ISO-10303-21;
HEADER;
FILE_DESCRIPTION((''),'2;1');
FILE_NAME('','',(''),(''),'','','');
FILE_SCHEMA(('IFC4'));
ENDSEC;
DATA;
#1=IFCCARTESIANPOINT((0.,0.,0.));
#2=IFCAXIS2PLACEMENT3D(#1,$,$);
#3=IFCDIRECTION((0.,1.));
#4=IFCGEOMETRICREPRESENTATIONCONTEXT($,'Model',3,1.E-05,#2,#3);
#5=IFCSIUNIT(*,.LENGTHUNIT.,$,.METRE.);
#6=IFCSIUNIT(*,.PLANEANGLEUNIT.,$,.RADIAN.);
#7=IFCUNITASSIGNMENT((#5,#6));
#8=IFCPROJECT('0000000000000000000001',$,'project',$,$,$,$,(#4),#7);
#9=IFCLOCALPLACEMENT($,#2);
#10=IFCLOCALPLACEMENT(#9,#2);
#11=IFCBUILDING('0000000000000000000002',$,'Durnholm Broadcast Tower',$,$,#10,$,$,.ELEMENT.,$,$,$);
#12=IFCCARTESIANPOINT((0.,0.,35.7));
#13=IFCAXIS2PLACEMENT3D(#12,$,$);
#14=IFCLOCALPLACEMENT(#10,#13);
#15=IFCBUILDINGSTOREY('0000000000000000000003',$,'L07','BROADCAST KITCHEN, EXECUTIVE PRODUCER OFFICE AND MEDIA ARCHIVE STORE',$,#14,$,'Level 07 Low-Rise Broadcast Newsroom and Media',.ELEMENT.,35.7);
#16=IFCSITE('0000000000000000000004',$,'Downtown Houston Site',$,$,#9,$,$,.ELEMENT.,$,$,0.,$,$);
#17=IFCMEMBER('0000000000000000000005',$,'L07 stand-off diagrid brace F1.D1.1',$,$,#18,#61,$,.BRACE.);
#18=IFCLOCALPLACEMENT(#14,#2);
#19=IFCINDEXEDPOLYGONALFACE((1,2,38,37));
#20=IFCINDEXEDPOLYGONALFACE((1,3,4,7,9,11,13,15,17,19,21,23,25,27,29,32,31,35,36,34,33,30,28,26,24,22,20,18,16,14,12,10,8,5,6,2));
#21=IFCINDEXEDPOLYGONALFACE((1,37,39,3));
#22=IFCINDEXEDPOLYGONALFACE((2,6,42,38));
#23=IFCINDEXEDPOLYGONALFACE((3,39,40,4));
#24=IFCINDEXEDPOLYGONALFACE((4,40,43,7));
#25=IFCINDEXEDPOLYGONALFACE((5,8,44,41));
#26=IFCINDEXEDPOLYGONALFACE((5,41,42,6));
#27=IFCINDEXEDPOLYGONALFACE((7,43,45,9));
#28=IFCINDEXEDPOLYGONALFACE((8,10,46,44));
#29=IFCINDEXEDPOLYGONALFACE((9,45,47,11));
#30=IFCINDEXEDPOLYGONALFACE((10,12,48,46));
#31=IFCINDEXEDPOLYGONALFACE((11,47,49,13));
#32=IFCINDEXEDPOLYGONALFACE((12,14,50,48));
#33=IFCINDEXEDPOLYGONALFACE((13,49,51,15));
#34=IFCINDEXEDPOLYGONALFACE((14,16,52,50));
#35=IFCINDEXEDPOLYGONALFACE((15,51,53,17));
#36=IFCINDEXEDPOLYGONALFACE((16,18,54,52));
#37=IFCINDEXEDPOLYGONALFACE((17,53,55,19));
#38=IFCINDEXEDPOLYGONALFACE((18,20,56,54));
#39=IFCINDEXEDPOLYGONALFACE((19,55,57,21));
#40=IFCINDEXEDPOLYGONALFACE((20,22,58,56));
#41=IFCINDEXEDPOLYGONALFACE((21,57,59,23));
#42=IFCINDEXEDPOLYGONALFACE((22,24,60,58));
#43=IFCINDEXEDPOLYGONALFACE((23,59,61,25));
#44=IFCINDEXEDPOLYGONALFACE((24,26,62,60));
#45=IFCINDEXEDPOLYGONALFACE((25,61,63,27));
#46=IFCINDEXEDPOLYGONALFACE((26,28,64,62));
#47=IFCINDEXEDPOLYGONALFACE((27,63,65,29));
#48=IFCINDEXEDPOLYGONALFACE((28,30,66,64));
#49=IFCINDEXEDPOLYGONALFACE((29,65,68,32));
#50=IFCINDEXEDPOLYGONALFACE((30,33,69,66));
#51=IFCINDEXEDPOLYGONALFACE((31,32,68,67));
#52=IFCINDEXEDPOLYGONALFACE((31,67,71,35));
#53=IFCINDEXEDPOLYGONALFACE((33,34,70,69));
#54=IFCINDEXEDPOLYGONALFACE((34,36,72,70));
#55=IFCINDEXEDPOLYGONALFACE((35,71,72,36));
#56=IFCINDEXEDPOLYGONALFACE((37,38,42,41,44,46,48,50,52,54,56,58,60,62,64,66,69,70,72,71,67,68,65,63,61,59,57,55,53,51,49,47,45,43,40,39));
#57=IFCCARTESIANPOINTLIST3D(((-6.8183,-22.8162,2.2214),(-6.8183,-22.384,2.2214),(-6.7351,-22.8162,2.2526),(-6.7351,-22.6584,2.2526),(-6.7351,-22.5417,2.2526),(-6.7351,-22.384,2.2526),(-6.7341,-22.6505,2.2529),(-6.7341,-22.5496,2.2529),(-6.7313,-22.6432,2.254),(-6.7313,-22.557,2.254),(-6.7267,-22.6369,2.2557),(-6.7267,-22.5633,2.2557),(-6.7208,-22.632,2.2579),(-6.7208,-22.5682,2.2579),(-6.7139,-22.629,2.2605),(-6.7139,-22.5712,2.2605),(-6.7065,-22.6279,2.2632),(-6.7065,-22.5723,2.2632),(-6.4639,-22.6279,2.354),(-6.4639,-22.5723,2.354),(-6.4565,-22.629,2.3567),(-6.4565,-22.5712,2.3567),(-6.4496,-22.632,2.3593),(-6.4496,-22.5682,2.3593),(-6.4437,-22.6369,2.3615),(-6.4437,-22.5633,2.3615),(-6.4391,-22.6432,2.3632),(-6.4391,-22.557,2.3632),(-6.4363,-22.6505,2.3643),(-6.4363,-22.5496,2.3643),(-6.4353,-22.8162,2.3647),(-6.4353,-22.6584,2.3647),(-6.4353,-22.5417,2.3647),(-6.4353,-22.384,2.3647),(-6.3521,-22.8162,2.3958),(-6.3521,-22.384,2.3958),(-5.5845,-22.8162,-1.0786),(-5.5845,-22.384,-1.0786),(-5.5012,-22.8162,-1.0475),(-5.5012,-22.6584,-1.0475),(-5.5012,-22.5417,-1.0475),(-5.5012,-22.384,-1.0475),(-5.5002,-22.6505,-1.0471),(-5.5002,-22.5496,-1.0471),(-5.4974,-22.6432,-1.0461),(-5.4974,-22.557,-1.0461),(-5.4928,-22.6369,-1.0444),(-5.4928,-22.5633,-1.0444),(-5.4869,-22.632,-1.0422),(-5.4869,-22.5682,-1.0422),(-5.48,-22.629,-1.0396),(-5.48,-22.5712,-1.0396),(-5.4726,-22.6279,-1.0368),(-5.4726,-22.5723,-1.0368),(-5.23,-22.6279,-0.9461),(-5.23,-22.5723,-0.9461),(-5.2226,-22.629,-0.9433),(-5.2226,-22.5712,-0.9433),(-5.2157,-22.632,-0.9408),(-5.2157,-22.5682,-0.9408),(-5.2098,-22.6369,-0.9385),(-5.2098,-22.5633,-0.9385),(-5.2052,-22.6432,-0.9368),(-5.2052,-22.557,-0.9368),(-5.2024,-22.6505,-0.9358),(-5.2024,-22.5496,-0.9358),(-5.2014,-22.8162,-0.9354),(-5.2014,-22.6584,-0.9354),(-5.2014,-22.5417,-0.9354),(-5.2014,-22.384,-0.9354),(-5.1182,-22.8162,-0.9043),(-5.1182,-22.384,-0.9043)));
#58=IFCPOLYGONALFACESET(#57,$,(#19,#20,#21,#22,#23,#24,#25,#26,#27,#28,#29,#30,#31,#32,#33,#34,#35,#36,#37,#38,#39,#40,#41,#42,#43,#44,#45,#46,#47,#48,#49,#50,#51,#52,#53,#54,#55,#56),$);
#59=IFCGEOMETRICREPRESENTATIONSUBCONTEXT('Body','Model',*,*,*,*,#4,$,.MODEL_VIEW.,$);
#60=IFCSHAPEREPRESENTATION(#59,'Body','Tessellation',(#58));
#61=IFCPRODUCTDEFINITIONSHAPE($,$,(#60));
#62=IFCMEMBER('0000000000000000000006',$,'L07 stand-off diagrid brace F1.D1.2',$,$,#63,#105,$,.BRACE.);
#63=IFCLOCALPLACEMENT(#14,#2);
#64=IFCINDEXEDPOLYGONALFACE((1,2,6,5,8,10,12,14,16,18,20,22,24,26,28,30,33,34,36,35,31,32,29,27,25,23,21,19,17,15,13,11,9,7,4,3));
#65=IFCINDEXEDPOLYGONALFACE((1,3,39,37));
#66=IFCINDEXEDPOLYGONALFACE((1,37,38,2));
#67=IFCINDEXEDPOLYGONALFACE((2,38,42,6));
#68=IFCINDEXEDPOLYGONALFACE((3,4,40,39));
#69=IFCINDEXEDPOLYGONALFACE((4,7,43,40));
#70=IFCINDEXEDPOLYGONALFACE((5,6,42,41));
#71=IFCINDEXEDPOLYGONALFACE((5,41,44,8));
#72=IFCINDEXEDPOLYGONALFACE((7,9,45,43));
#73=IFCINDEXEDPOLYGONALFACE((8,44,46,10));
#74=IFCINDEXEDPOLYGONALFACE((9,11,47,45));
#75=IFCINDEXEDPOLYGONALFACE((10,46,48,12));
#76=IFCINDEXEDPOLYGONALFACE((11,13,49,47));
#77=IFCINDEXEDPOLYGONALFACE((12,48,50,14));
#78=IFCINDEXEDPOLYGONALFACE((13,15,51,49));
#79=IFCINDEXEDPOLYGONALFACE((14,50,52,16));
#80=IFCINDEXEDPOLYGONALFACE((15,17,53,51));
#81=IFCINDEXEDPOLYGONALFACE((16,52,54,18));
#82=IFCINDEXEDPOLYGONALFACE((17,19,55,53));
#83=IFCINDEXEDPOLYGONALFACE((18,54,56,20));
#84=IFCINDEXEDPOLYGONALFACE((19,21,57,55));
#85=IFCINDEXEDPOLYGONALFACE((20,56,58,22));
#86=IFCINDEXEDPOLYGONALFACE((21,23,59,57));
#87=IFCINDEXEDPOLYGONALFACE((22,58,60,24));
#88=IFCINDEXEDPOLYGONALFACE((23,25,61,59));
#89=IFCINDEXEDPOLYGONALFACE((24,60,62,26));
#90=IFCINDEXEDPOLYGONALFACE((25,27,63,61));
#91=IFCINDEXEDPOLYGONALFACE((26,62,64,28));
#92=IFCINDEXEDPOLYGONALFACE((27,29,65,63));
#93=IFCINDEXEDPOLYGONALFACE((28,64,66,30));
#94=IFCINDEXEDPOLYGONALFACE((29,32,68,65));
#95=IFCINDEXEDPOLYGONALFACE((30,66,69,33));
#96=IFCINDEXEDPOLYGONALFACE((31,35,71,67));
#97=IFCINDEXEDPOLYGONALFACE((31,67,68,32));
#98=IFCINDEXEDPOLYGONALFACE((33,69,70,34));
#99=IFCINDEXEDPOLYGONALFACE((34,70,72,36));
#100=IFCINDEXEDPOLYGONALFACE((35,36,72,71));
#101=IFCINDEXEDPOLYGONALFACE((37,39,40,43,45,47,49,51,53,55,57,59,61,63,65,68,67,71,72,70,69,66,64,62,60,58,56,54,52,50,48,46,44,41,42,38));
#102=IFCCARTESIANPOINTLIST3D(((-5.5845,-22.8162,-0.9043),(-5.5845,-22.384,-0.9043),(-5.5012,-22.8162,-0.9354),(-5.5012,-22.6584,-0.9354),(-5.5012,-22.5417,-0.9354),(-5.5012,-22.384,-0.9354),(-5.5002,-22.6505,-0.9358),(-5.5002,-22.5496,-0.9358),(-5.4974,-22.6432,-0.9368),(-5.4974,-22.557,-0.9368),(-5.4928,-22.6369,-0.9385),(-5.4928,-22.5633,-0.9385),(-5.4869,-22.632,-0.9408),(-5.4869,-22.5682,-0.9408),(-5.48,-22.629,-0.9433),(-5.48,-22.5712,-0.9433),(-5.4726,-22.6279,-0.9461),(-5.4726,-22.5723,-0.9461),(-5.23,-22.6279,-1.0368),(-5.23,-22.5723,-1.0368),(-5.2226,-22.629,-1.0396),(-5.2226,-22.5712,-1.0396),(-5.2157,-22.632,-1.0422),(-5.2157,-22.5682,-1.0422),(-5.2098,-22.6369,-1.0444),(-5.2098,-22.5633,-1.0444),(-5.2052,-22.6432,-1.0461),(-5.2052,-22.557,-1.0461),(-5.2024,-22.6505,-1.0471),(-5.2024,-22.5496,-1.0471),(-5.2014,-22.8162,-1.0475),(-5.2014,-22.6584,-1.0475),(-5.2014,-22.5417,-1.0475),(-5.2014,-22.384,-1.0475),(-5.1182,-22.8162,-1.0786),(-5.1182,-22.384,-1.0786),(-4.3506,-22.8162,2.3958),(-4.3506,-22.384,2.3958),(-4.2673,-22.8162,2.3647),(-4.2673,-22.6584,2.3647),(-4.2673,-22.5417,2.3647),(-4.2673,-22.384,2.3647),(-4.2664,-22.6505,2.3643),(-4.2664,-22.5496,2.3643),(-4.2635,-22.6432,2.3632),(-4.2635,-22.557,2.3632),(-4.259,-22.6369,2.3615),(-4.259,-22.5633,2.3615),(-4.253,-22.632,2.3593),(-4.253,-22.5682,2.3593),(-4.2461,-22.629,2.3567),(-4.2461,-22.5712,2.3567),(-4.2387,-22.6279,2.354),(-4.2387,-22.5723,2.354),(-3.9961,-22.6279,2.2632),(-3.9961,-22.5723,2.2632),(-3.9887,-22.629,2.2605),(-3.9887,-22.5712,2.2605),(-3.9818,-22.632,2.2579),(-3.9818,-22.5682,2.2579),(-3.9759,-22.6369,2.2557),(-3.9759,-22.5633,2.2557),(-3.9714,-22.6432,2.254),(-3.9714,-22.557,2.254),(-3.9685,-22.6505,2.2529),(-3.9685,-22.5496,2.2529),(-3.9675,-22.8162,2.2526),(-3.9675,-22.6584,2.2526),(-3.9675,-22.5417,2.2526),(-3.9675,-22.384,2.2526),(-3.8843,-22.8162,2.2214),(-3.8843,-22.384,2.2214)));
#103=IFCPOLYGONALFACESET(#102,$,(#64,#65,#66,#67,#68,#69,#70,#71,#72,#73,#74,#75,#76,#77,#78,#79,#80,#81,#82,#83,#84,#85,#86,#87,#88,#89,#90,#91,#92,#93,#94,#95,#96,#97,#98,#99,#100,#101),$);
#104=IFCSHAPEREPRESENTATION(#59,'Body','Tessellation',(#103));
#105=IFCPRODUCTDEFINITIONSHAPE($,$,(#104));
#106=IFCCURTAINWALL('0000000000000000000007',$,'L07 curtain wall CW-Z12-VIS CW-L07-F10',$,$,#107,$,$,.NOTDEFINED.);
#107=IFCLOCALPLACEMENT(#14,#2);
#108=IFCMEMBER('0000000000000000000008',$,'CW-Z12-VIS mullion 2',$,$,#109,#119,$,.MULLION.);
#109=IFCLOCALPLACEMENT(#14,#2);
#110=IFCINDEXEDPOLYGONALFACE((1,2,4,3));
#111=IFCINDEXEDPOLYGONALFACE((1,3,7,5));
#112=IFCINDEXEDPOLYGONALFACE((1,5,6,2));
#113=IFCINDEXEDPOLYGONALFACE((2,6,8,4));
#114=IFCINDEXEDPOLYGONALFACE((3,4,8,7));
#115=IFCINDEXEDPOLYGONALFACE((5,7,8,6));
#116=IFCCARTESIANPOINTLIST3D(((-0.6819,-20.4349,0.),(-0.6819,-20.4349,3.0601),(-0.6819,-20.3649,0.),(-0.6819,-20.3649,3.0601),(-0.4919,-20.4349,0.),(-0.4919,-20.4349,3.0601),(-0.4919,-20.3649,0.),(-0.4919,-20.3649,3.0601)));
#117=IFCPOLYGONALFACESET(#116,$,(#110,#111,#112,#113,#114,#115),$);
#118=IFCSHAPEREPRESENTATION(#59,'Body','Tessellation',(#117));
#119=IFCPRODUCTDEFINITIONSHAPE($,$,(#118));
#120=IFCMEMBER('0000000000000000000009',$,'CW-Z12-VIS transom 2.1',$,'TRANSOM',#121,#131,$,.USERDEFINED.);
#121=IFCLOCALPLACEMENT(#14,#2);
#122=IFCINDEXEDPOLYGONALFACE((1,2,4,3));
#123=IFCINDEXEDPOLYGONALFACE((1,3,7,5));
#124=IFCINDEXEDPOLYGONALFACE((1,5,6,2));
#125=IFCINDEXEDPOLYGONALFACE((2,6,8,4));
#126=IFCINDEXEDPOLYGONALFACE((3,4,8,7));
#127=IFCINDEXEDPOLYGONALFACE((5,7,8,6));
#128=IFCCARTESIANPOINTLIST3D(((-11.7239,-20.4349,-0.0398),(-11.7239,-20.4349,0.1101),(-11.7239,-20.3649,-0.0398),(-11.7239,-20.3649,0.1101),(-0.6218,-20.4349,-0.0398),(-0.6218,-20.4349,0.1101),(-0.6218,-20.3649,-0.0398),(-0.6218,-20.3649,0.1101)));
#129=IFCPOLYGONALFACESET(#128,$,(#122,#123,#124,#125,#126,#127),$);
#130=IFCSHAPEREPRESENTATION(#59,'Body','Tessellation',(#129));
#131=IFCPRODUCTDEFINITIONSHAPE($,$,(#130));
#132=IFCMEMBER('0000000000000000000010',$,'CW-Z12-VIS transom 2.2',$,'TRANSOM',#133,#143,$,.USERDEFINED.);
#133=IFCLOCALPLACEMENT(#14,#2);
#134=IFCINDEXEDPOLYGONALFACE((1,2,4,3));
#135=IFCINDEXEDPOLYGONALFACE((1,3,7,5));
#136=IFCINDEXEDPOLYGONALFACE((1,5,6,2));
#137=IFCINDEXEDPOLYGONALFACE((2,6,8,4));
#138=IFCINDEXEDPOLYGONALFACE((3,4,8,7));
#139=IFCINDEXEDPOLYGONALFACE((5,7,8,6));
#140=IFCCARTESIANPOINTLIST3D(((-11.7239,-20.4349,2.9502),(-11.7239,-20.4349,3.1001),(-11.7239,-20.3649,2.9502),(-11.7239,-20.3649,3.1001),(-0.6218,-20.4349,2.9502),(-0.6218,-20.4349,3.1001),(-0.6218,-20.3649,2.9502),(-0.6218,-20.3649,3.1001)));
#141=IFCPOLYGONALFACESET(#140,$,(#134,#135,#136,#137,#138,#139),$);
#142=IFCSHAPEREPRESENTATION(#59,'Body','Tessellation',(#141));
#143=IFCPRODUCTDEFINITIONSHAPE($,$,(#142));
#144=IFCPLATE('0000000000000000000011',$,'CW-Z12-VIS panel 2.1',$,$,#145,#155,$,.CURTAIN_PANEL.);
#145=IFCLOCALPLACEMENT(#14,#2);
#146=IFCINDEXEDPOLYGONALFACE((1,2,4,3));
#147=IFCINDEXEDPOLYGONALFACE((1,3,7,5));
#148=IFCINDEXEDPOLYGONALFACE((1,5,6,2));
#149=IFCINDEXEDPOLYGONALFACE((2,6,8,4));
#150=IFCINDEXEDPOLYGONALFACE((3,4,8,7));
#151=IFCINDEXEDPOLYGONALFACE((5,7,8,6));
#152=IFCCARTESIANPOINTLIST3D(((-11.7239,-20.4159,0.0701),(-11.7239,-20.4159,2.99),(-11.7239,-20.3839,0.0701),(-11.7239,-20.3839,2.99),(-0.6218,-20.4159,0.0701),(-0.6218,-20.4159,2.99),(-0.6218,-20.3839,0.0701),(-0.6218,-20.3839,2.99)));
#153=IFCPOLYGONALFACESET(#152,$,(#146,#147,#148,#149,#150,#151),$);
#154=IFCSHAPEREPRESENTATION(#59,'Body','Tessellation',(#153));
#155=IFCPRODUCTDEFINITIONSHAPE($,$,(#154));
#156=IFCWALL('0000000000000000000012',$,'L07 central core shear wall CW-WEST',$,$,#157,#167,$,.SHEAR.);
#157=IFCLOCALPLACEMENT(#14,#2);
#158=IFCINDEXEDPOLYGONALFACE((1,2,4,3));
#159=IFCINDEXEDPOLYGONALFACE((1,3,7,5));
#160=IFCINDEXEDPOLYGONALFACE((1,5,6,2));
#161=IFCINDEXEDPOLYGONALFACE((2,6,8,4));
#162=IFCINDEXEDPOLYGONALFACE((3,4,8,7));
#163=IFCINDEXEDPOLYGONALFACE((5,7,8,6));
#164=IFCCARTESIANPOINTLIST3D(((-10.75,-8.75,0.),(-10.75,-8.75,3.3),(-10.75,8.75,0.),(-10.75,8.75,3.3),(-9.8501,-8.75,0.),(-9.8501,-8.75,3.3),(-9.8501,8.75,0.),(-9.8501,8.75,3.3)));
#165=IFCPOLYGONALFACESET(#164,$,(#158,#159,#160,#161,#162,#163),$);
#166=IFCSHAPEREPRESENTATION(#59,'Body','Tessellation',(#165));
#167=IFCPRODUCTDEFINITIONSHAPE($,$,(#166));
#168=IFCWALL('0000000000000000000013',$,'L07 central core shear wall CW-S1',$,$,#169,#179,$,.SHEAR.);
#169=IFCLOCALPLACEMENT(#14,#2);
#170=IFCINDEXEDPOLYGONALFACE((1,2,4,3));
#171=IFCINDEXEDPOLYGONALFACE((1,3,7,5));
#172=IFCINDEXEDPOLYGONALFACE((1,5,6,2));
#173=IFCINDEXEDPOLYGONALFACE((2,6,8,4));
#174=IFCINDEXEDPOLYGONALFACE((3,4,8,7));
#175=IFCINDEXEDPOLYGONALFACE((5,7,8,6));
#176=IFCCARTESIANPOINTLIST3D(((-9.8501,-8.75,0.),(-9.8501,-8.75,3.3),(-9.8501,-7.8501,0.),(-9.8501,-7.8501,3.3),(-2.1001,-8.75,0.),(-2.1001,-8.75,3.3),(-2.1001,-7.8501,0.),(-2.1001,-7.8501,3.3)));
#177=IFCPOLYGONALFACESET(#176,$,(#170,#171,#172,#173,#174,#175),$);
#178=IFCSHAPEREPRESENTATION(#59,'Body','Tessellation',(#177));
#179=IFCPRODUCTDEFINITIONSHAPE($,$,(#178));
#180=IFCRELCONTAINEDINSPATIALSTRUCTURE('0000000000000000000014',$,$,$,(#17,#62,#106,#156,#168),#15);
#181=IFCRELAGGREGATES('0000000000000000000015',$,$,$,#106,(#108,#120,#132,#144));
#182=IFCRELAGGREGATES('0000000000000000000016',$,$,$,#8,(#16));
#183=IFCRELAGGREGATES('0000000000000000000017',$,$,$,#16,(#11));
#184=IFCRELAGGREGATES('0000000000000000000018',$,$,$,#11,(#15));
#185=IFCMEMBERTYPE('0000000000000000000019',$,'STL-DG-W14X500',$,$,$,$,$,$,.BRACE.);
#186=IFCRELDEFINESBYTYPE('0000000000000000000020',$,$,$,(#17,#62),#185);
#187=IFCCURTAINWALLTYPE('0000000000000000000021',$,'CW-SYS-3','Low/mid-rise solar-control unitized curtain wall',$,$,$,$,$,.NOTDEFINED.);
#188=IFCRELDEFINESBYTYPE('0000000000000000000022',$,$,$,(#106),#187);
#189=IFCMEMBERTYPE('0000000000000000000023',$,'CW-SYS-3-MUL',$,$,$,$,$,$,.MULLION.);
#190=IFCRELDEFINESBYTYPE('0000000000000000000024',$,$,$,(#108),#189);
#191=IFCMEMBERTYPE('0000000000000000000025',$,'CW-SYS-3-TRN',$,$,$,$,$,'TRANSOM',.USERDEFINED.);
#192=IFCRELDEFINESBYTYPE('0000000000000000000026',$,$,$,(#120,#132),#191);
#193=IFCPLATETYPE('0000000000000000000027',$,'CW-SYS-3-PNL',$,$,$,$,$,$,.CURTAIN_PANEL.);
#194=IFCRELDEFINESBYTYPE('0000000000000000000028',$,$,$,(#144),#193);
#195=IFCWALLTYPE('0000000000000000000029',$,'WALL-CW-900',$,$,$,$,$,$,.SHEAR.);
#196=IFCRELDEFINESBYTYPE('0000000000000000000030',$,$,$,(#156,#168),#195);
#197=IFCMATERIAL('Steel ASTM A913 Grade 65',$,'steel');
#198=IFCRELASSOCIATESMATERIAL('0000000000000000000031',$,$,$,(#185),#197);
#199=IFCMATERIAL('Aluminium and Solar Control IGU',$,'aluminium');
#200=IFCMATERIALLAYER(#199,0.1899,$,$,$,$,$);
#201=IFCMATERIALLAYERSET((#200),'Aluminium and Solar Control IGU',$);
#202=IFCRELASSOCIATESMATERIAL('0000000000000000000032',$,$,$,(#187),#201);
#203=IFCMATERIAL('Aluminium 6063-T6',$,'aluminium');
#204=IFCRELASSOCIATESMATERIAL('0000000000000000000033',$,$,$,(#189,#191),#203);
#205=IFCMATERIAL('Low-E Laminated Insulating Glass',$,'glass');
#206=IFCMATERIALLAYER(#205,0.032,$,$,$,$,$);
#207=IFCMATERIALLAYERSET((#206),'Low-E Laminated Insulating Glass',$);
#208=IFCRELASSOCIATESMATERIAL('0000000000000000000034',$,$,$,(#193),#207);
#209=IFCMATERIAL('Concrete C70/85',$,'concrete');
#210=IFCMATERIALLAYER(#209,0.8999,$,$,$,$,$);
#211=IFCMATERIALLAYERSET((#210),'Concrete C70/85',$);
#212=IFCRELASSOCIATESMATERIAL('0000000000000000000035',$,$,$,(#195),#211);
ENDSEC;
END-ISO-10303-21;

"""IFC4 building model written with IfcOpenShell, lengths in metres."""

from ifc_helpers import new_model, si_unit, direction, frame, frame_2d, origin, origin_2d, place, context, subcontext, project, spatial, rectangle, i_section, extrude, source, transform, mapped, material, layer, layer_set, material_profile, profile_set, type_object, type_shapes, element, aggregate, save


model = new_model("IFC4")

# Units and contexts
model_context = context("Model", 3, precision=1e-05, world=origin(), true_north=direction((0.0, 1.0)))
body_context = subcontext(model_context, "Body", "Model", "MODEL_VIEW")
ifc_project = project(units=[si_unit("LENGTHUNIT", "METRE"), si_unit("PLANEANGLEUNIT", "RADIAN")], contexts=[model_context])

# Site, building, storey
site_placement = place(None, origin())
site = spatial("IfcSite", under=ifc_project, at=site_placement, Name="Downtown Houston Site", CompositionType="ELEMENT", RefElevation=0.0)
building_placement = place(site_placement, origin())
building = spatial("IfcBuilding", under=site, at=building_placement, Name="Durnholm Broadcast Tower", CompositionType="ELEMENT")
storey_placement = place(building_placement, frame((0.0, 0.0, 35.7)))
storey = spatial("IfcBuildingStorey", under=building, at=storey_placement, Name="L07", Description="BROADCAST KITCHEN, EXECUTIVE PRODUCER OFFICE AND MEDIA ARCHIVE STORE", LongName="Level 07 Low-Rise Broadcast Newsroom and Media", CompositionType="ELEMENT", Elevation=35.7)

# Shared definitions
ifc_material_1 = material(Name="Concrete C70/85", Category="concrete")

# Members
ifc_material_2 = material(Name="Steel ASTM A913 Grade 65", Category="steel")
ifc_material_profile_1 = material_profile(ifc_material_2, i_section(OverallWidth=0.4321, OverallDepth=0.4978, WebThickness=0.0557, FlangeThickness=0.0889, FilletRadius=0.0305, at=origin_2d()), Name="W14X500")
ifc_profile_set_1 = profile_set([ifc_material_profile_1], Name="Steel ASTM A913 Grade 65")
member_type_1 = type_object("IfcMemberType", Name="STL-DG-W14X500", PredefinedType="BRACE", material=ifc_profile_set_1)
shared_shape_1 = source(origin(), body_context, "Body", "SweptSolid", [
    extrude(i_section(OverallWidth=0.4321, OverallDepth=0.4978, WebThickness=0.0557, FlangeThickness=0.0889, FilletRadius=0.0305, at=origin_2d()), origin(), (0.0, 0.0, 1.0), 3.5232),
])
type_shapes(member_type_1, [shared_shape_1])
for number, where, z_axis, x_axis, name in (
    (1, (-5.3513, -22.6001, -0.9915), (-0.35022, 0.0, 0.936668), (0.0, -1.0, 0.0), "L07 stand-off diagrid brace F1.D1.1"),
    (2, (-5.3513, -22.6001, -0.9915), (0.35022, 0.0, 0.936668), (0.0, 1.0, 0.0), "L07 stand-off diagrid brace F1.D1.2"),
):
    element("IfcMember", number, at=place(storey_placement, frame(where, z_axis=z_axis, x_axis=x_axis)), inside=storey, type_object=member_type_1, Name=name, PredefinedType="BRACE", context=body_context, shape_type="MappedRepresentation", body=[
        mapped(shared_shape_1, transform((0.0, 0.0, 0.0), x_axis=(1.0, 0.0, 0.0), y_axis=(0.0, 1.0, 0.0), z_axis=(0.0, 0.0, 1.0), scale=1.0)),
    ])

# Curtain wall, members, plate
ifc_material_3 = material(Name="Aluminium and Solar Control IGU", Category="aluminium")
ifc_layer_1 = layer(ifc_material_3, 0.1899)
ifc_layer_set_1 = layer_set([ifc_layer_1], Name="Aluminium and Solar Control IGU")
curtain_wall_type = type_object("IfcCurtainWallType", Name="CW-SYS-3", Description="Low/mid-rise solar-control unitized curtain wall", PredefinedType="NOTDEFINED", material=ifc_layer_set_1)
curtain_wall_placement = place(storey_placement, origin())
curtain_wall = element("IfcCurtainWall", 3, at=curtain_wall_placement, inside=storey, type_object=curtain_wall_type, Name="L07 curtain wall CW-Z12-VIS CW-L07-F10", PredefinedType="NOTDEFINED")
ifc_material_4 = material(Name="Aluminium 6063-T6", Category="aluminium")
ifc_material_profile_2 = material_profile(ifc_material_4, rectangle(XDim=0.0701, YDim=0.1899, at=origin_2d()), Name="CWM70X190")
ifc_profile_set_2 = profile_set([ifc_material_profile_2], Name="Aluminium 6063-T6")
member_type_2 = type_object("IfcMemberType", Name="CW-SYS-3-MUL", PredefinedType="MULLION", material=ifc_profile_set_2)
shared_shape_2 = source(origin(), body_context, "Body", "SweptSolid", [
    extrude(rectangle(XDim=0.0701, YDim=0.1899, at=origin_2d()), origin(), (0.0, 0.0, 1.0), 3.0601),
])
type_shapes(member_type_2, [shared_shape_2])
member_1_placement = place(storey_placement, frame((-0.5869, -20.3999, 0.0), z_axis=(0.0, 0.0, 1.0), x_axis=(0.0, -1.0, 0.0)))
member_1 = element("IfcMember", 4, at=member_1_placement, type_object=member_type_2, Name="CW-Z12-VIS mullion 2", PredefinedType="MULLION", context=body_context, shape_type="MappedRepresentation", body=[
    mapped(shared_shape_2, transform((0.0, 0.0, 0.0), x_axis=(1.0, 0.0, 0.0), y_axis=(0.0, 1.0, 0.0), z_axis=(0.0, 0.0, 1.0), scale=1.0)),
])
ifc_material_profile_3 = material_profile(ifc_material_4, rectangle(XDim=0.0701, YDim=0.1499, at=origin_2d()), Name="CWT70X150")
ifc_profile_set_3 = profile_set([ifc_material_profile_3], Name="Aluminium 6063-T6")
member_type_3 = type_object("IfcMemberType", Name="CW-SYS-3-TRN", ElementType="TRANSOM", PredefinedType="USERDEFINED", material=ifc_profile_set_3)
shared_shape_3 = source(origin(), body_context, "Body", "SweptSolid", [
    extrude(rectangle(XDim=0.0701, YDim=0.1499, at=origin_2d()), origin(), (0.0, 0.0, 1.0), 11.1021),
])
type_shapes(member_type_3, [shared_shape_3])
member_2_placement = place(storey_placement, frame((-0.6218, -20.3999, 0.0352), z_axis=(-1.0, 0.0, 0.0), x_axis=(0.0, -1.0, 0.0)))
member_2 = element("IfcMember", 5, at=member_2_placement, type_object=member_type_3, Name="CW-Z12-VIS transom 2.1", ObjectType="TRANSOM", PredefinedType="USERDEFINED", context=body_context, shape_type="MappedRepresentation", body=[
    mapped(shared_shape_3, transform((0.0, 0.0, 0.0), x_axis=(1.0, 0.0, 0.0), y_axis=(0.0, 1.0, 0.0), z_axis=(0.0, 0.0, 1.0), scale=1.0)),
])
member_3_placement = place(storey_placement, frame((-0.6218, -20.3999, 3.0251), z_axis=(-1.0, 0.0, 0.0), x_axis=(0.0, -1.0, 0.0)))
member_3 = element("IfcMember", 6, at=member_3_placement, type_object=member_type_3, Name="CW-Z12-VIS transom 2.2", ObjectType="TRANSOM", PredefinedType="USERDEFINED", context=body_context, shape_type="MappedRepresentation", body=[
    mapped(shared_shape_3, transform((0.0, 0.0, 0.0), x_axis=(1.0, 0.0, 0.0), y_axis=(0.0, 1.0, 0.0), z_axis=(0.0, 0.0, 1.0), scale=1.0)),
])
ifc_material_5 = material(Name="Low-E Laminated Insulating Glass", Category="glass")
ifc_layer_2 = layer(ifc_material_5, 0.032)
ifc_layer_set_2 = layer_set([ifc_layer_2], Name="Low-E Laminated Insulating Glass")
plate_type = type_object("IfcPlateType", Name="CW-SYS-3-PNL", PredefinedType="CURTAIN_PANEL", material=ifc_layer_set_2)
shared_shape_4 = source(origin(), body_context, "Body", "SweptSolid", [
    extrude(rectangle(XDim=11.1021, YDim=0.032, at=origin_2d()), origin(), (0.0, 0.0, 1.0), 2.9199),
])
type_shapes(plate_type, [shared_shape_4])
plate_placement = place(storey_placement, frame((-6.1729, -20.3999, 0.0701), z_axis=(0.0, 0.0, 1.0), x_axis=(-1.0, 0.0, 0.0)))
plate = element("IfcPlate", 7, at=plate_placement, type_object=plate_type, Name="CW-Z12-VIS panel 2.1", PredefinedType="CURTAIN_PANEL", context=body_context, shape_type="MappedRepresentation", body=[
    mapped(shared_shape_4, transform((0.0, 0.0, 0.0), x_axis=(1.0, 0.0, 0.0), y_axis=(0.0, 1.0, 0.0), z_axis=(0.0, 0.0, 1.0), scale=1.0)),
])
aggregate(curtain_wall, [member_1, member_2, member_3, plate])

# Walls
ifc_layer_3 = layer(ifc_material_1, 0.8999)
ifc_layer_set_3 = layer_set([ifc_layer_3], Name="Concrete C70/85")
wall_type_1 = type_object("IfcWallType", Name="WALL-CW-900", PredefinedType="SHEAR", material=ifc_layer_set_3)
wall_1_placement = place(storey_placement, frame((-10.3, -8.75, 0.0), z_axis=(0.0, 0.0, 1.0), x_axis=(0.0, 1.0, 0.0)))
element("IfcWall", 8, at=wall_1_placement, inside=storey, type_object=wall_type_1, Name="L07 central core shear wall CW-WEST", PredefinedType="SHEAR", context=body_context, shape_type="SweptSolid", body=[
    extrude(rectangle(XDim=17.5, YDim=0.8999, at=frame_2d((8.75, 0.0))), origin(), (0.0, 0.0, 1.0), 3.3),
])
wall_2_placement = place(storey_placement, frame((-9.8501, -8.3, 0.0), z_axis=(0.0, 0.0, 1.0), x_axis=(1.0, 0.0, 0.0)))
element("IfcWall", 9, at=wall_2_placement, inside=storey, type_object=wall_type_1, Name="L07 central core shear wall CW-S1", PredefinedType="SHEAR", context=body_context, shape_type="SweptSolid", body=[
    extrude(rectangle(XDim=7.75, YDim=0.8999, at=frame_2d((3.875, 0.0))), origin(), (0.0, 0.0, 1.0), 3.3),
])

save(model, "model.ifc")
